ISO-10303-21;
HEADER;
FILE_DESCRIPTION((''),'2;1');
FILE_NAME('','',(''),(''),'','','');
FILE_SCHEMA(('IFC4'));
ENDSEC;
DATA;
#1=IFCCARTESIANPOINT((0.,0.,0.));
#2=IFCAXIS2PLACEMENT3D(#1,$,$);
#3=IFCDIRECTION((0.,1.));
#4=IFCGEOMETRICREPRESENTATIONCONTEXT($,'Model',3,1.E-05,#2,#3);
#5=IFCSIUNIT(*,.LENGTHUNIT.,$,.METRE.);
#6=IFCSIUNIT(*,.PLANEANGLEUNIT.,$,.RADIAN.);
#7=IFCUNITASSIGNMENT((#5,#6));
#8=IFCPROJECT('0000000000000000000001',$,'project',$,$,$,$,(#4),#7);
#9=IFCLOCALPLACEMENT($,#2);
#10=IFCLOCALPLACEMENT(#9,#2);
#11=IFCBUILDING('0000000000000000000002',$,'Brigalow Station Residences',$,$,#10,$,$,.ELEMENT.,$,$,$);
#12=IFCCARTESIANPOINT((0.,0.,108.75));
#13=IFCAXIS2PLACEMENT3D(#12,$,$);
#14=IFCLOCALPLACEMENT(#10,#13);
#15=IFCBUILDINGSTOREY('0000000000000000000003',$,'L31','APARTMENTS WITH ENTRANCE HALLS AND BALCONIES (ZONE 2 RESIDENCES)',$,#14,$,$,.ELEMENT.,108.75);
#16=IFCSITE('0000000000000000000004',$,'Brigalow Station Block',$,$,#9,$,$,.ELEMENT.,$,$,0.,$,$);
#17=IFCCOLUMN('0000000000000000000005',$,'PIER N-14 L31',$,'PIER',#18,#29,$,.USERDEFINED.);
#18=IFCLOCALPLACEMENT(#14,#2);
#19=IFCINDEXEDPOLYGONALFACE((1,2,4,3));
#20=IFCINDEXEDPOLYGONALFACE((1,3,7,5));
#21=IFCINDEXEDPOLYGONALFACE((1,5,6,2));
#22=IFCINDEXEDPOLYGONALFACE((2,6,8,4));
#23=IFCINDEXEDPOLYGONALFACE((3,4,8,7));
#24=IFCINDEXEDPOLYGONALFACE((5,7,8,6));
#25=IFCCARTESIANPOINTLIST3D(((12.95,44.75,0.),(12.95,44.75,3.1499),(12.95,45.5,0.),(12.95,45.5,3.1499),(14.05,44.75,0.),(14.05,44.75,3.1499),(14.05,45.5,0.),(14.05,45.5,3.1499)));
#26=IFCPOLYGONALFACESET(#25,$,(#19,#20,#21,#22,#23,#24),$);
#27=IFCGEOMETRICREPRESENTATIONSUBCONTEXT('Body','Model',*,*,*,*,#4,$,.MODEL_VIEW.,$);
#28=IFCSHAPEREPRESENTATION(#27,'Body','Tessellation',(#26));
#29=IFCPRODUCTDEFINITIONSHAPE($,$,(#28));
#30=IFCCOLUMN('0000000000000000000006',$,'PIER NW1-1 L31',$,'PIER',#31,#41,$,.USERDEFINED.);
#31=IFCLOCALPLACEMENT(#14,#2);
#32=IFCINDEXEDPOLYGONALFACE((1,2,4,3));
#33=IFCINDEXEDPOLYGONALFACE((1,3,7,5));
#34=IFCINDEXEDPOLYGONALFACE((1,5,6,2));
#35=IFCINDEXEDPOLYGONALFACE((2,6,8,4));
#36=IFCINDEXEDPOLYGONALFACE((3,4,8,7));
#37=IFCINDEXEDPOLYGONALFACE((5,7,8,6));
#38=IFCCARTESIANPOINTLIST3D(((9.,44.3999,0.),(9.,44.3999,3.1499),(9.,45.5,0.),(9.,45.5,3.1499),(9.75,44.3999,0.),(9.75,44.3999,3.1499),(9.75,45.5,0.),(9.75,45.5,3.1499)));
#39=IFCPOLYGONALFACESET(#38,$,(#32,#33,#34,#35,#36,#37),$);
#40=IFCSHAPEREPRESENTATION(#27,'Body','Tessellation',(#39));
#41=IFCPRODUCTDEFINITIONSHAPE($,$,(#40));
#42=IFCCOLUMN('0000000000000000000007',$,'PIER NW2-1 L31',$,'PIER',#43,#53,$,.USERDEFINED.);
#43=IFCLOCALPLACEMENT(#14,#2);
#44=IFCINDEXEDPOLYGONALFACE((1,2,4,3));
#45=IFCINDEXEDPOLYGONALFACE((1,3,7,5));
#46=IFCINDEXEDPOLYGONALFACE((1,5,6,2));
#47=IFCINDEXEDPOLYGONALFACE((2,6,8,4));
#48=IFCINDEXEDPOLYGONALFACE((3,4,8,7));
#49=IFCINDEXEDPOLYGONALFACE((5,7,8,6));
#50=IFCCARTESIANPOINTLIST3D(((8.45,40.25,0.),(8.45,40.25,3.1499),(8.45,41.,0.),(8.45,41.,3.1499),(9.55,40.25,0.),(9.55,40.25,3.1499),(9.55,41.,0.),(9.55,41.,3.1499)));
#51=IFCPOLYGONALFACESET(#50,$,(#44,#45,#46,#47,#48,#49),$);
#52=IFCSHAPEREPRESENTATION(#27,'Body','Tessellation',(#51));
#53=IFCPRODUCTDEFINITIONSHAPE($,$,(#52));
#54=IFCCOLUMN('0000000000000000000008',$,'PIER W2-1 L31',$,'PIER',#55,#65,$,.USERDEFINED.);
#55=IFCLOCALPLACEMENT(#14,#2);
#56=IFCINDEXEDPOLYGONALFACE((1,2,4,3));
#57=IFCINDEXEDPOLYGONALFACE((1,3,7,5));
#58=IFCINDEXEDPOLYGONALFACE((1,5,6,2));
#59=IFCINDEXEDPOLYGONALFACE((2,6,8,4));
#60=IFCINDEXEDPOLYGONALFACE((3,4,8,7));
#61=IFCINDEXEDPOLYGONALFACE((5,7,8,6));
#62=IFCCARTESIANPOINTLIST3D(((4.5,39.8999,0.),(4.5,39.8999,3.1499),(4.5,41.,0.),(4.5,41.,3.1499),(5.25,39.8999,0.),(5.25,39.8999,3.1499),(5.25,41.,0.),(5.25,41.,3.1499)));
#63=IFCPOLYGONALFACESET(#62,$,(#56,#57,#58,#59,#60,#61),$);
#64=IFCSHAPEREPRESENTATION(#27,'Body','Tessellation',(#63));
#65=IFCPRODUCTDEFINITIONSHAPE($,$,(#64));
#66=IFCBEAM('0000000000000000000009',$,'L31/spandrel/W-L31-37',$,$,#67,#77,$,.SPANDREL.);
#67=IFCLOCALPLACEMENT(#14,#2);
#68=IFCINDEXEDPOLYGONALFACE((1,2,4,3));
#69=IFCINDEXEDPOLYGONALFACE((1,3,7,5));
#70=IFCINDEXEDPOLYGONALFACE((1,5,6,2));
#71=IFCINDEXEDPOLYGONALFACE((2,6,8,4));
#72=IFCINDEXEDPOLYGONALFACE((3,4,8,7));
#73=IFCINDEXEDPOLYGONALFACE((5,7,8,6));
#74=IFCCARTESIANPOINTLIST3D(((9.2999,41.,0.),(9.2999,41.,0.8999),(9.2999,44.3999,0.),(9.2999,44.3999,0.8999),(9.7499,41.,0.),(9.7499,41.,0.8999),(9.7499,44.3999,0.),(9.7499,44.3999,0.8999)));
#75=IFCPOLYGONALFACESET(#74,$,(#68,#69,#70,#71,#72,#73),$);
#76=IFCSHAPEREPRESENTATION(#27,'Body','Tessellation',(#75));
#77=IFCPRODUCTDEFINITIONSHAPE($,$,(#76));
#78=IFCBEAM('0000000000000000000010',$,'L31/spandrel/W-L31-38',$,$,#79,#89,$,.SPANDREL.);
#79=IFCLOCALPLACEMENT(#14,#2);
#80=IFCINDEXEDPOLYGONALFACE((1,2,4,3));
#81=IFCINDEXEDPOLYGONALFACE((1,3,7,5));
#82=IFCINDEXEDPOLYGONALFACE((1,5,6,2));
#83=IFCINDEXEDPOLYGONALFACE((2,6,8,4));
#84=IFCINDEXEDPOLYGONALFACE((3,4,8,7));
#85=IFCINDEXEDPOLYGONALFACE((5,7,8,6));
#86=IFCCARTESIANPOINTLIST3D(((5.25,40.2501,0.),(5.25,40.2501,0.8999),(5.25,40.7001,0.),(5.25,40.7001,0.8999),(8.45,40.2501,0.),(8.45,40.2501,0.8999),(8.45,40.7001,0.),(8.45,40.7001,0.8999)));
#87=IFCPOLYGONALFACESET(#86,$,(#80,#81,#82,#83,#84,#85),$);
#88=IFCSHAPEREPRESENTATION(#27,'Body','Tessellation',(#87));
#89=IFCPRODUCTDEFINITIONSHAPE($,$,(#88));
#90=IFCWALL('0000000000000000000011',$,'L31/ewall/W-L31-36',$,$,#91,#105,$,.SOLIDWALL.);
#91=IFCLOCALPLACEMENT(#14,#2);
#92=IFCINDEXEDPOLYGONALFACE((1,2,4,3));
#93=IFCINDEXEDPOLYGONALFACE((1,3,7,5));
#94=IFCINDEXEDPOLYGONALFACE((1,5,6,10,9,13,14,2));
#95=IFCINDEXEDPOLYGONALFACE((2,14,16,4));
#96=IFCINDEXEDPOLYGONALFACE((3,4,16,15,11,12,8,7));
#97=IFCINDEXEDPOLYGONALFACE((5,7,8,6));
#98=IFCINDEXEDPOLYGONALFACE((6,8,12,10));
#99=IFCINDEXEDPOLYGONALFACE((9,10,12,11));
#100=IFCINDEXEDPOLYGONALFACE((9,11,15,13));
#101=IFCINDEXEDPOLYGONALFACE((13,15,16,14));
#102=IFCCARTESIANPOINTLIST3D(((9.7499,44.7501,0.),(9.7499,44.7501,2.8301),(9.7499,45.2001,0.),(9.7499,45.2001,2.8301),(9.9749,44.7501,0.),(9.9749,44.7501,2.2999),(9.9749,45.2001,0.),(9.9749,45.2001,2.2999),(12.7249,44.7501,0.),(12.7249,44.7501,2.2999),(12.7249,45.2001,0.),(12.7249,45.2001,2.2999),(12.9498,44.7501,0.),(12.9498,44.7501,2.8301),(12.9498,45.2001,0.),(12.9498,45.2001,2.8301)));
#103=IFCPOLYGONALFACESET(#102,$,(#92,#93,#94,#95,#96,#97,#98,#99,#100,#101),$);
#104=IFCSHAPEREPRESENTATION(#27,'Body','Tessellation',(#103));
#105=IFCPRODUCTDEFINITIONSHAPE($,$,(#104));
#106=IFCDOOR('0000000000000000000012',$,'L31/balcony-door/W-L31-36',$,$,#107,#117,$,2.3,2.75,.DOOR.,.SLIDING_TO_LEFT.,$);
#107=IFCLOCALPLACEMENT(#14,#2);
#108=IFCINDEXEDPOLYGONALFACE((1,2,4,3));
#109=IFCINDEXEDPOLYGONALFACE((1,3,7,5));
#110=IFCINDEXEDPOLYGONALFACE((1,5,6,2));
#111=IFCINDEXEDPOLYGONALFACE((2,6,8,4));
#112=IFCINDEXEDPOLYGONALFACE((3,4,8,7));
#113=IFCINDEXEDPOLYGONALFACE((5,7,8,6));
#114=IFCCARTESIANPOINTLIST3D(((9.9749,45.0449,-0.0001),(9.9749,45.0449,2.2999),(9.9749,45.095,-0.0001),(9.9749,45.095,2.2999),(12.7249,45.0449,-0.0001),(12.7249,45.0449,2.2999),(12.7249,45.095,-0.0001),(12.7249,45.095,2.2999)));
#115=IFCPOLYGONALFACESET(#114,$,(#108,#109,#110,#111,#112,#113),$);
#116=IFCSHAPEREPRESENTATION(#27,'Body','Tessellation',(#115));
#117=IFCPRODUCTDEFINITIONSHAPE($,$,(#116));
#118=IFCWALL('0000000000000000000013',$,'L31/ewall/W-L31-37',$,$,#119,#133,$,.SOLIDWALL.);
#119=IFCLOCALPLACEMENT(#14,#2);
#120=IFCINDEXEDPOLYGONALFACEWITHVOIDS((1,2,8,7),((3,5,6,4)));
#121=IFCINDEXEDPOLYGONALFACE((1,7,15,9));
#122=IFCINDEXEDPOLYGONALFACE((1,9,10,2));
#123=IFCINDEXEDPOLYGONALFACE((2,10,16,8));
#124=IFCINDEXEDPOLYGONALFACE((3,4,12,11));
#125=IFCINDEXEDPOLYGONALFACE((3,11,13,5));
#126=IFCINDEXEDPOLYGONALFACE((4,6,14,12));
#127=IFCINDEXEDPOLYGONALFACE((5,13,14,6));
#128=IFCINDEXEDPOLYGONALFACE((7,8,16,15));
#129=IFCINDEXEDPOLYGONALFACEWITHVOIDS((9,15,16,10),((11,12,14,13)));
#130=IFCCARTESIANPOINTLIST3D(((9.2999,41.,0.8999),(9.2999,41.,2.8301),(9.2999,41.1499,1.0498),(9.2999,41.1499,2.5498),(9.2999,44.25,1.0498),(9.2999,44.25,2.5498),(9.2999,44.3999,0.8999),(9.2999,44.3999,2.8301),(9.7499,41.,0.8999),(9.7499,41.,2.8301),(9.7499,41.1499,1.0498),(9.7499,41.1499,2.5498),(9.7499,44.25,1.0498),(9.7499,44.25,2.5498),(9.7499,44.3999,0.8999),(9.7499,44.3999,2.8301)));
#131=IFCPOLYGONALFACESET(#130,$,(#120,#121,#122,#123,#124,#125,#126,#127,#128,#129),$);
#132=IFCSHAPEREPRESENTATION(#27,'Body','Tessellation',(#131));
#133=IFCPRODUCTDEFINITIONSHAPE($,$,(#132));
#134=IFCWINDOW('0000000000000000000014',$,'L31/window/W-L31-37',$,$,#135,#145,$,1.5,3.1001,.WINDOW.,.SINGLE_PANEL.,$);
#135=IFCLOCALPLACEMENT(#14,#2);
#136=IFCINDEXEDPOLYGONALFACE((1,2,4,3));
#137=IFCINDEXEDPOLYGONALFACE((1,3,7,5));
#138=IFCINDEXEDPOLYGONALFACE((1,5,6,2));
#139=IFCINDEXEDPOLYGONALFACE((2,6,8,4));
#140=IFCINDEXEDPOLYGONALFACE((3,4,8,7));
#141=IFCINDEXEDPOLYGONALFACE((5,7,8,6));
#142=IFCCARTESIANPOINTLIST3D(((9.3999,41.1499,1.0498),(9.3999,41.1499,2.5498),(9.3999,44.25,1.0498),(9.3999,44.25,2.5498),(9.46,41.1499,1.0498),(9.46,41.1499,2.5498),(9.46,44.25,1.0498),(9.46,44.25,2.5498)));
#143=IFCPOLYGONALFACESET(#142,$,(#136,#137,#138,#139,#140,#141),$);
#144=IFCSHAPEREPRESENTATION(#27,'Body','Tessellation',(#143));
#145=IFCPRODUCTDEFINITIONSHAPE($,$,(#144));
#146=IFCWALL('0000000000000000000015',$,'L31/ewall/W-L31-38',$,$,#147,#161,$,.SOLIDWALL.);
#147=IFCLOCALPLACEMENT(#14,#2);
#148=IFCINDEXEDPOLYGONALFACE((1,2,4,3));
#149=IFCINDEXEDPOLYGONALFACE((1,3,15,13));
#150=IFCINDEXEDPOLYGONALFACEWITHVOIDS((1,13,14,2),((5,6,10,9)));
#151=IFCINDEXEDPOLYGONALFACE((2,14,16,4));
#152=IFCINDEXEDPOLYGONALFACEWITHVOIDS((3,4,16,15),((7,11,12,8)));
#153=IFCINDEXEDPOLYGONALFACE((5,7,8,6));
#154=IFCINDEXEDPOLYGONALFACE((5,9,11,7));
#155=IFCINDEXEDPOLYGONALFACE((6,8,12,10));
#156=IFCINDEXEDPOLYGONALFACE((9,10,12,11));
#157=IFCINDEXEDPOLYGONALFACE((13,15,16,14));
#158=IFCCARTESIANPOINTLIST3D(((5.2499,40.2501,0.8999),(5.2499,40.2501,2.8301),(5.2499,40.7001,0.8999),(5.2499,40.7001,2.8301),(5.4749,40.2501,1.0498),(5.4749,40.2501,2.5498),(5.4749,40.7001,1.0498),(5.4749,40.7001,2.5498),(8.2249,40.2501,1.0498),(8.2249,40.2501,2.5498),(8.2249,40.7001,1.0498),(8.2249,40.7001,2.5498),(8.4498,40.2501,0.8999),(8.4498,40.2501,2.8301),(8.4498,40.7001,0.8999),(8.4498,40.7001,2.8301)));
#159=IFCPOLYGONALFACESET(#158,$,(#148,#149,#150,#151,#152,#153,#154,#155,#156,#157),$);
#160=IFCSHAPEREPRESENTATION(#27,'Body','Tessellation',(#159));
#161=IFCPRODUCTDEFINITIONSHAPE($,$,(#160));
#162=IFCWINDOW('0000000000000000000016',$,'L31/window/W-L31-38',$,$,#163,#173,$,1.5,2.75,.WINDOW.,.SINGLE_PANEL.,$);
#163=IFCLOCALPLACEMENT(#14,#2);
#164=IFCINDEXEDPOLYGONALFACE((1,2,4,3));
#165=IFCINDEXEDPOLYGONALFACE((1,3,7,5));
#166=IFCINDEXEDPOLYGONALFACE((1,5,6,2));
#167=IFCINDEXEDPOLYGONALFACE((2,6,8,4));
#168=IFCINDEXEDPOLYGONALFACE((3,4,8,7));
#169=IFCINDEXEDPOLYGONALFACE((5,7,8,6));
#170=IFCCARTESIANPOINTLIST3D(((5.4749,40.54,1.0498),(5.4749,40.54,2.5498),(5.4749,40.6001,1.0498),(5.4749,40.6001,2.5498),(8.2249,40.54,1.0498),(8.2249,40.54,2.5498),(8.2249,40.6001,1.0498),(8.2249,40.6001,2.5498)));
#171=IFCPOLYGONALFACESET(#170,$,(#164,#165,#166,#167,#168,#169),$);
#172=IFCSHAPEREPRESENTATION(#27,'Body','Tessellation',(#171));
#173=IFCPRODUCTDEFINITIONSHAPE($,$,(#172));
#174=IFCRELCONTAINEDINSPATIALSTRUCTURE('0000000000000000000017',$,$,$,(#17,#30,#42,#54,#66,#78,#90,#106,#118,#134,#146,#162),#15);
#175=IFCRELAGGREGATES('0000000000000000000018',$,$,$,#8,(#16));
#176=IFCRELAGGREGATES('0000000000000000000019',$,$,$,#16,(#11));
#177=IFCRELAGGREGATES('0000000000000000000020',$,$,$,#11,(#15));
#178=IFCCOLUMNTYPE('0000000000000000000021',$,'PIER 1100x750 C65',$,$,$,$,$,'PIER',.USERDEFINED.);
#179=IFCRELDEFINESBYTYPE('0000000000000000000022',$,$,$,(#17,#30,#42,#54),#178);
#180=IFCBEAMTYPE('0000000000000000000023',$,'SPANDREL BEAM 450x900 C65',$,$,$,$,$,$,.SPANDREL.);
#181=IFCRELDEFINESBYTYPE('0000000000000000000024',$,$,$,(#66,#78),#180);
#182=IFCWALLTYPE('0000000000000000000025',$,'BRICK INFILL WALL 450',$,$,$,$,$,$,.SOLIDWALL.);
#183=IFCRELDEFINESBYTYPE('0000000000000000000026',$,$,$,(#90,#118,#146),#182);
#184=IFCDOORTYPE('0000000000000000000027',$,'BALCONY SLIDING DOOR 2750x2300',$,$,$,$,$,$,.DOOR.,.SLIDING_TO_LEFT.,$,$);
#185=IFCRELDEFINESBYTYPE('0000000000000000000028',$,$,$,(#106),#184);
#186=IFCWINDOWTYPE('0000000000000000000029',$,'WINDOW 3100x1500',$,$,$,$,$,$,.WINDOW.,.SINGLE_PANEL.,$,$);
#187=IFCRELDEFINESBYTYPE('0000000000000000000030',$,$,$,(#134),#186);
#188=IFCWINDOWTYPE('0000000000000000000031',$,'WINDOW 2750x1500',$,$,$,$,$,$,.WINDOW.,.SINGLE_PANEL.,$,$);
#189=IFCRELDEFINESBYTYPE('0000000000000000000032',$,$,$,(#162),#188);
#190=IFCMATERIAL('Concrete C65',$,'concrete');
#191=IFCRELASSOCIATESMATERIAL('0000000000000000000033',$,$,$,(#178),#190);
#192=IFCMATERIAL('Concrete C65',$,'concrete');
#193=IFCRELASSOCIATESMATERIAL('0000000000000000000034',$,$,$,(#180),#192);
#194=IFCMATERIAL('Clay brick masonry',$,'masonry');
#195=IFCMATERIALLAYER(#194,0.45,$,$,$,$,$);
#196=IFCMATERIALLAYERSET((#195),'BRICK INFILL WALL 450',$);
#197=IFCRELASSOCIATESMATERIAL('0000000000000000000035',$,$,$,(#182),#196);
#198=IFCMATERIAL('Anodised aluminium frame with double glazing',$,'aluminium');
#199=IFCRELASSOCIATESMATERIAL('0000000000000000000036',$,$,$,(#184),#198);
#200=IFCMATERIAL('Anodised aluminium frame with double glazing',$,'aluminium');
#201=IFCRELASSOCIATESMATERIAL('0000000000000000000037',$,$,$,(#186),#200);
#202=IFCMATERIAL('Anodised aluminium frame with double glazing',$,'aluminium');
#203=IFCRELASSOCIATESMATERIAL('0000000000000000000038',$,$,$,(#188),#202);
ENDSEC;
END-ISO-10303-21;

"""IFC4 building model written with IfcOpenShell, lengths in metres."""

from ifc_helpers import new_model, si_unit, direction, frame, frame_2d, origin, origin_2d, place, context, subcontext, project, spatial, rectangle, extrude, material, layer, layer_set, material_profile, profile_set, type_object, element, fill, save


model = new_model("IFC4")

# Units and contexts
model_context = context("Model", 3, precision=1e-05, world=origin(), true_north=direction((0.0, 1.0)))
body_context = subcontext(model_context, "Body", "Model", "MODEL_VIEW")
ifc_project = project(units=[si_unit("LENGTHUNIT", "METRE"), si_unit("PLANEANGLEUNIT", "RADIAN")], contexts=[model_context])

# Site, building, storey
site_placement = place(None, origin())
site = spatial("IfcSite", under=ifc_project, at=site_placement, Name="Brigalow Station Block", CompositionType="ELEMENT", RefElevation=0.0)
building_placement = place(site_placement, origin())
building = spatial("IfcBuilding", under=site, at=building_placement, Name="Brigalow Station Residences", CompositionType="ELEMENT")
storey_placement = place(building_placement, frame((0.0, 0.0, 108.75)))
storey = spatial("IfcBuildingStorey", under=building, at=storey_placement, Name="L31", Description="APARTMENTS WITH ENTRANCE HALLS AND BALCONIES (ZONE 2 RESIDENCES)", CompositionType="ELEMENT", Elevation=108.75)

# Columns
ifc_material_1 = material(Name="Concrete C65", Category="concrete")
ifc_material_profile_1 = material_profile(ifc_material_1, rectangle(XDim=1.1001, YDim=0.75, at=origin_2d()), Name="RC1100x750")
ifc_profile_set_1 = profile_set([ifc_material_profile_1], Name="Concrete C65")
column_type = type_object("IfcColumnType", Name="PIER 1100x750 C65", ElementType="PIER", PredefinedType="USERDEFINED", material=ifc_profile_set_1)
for number, where, z_axis, x_axis, name in (
    (1, (13.5, 45.125, 0.0), (0.0, 0.0, 1.0), (-1.0, 0.0, 0.0), "PIER N-14 L31"),
    (2, (9.375, 44.95, 0.0), (0.0, 0.0, 1.0), (0.0, -1.0, 0.0), "PIER NW1-1 L31"),
    (3, (9.0, 40.625, 0.0), (0.0, 0.0, 1.0), (-1.0, 0.0, 0.0), "PIER NW2-1 L31"),
    (4, (4.875, 40.45, 0.0), (0.0, 0.0, 1.0), (0.0, -1.0, 0.0), "PIER W2-1 L31"),
):
    element("IfcColumn", number, at=place(storey_placement, frame(where, z_axis=z_axis, x_axis=x_axis)), inside=storey, type_object=column_type, Name=name, ObjectType="PIER", PredefinedType="USERDEFINED", context=body_context, shape_type="SweptSolid", body=[
        extrude(rectangle(XDim=1.1001, YDim=0.75, at=origin_2d()), origin(), (0.0, 0.0, 1.0), 3.1499),
    ])

# Beams
ifc_material_2 = material(Name="Concrete C65", Category="concrete")
ifc_material_profile_2 = material_profile(ifc_material_2, rectangle(XDim=0.45, YDim=0.8999, at=origin_2d()), Name="RC450x900")
ifc_profile_set_2 = profile_set([ifc_material_profile_2], Name="Concrete C65")
beam_type = type_object("IfcBeamType", Name="SPANDREL BEAM 450x900 C65", PredefinedType="SPANDREL", material=ifc_profile_set_2)
beam_1_placement = place(storey_placement, frame((9.5249, 44.3999, 0.45), z_axis=(0.0, -1.0, 0.0), x_axis=(1.0, 0.0, 0.0)))
element("IfcBeam", 5, at=beam_1_placement, inside=storey, type_object=beam_type, Name="L31/spandrel/W-L31-37", PredefinedType="SPANDREL", context=body_context, shape_type="SweptSolid", body=[
    extrude(rectangle(XDim=0.45, YDim=0.8999, at=origin_2d()), origin(), (0.0, 0.0, 1.0), 3.3999),
])
beam_2_placement = place(storey_placement, frame((8.45, 40.4751, 0.45), z_axis=(-1.0, 0.0, 0.0), x_axis=(0.0, -1.0, 0.0)))
element("IfcBeam", 6, at=beam_2_placement, inside=storey, type_object=beam_type, Name="L31/spandrel/W-L31-38", PredefinedType="SPANDREL", context=body_context, shape_type="SweptSolid", body=[
    extrude(rectangle(XDim=0.45, YDim=0.8999, at=origin_2d()), origin(), (0.0, 0.0, 1.0), 3.2),
])

# Wall, opening, door
ifc_material_3 = material(Name="Clay brick masonry", Category="masonry")
ifc_layer_1 = layer(ifc_material_3, 0.45)
ifc_layer_set_1 = layer_set([ifc_layer_1], Name="BRICK INFILL WALL 450")
wall_type_1 = type_object("IfcWallType", Name="BRICK INFILL WALL 450", PredefinedType="SOLIDWALL", material=ifc_layer_set_1)
wall_1_placement = place(storey_placement, frame((12.95, 44.9751, 0.0), z_axis=(0.0, 0.0, 1.0), x_axis=(-1.0, 0.0, 0.0)))
wall_1 = element("IfcWall", 7, at=wall_1_placement, inside=storey, type_object=wall_type_1, Name="L31/ewall/W-L31-36", PredefinedType="SOLIDWALL", context=body_context, shape_type="SweptSolid", body=[
    extrude(rectangle(XDim=3.2, YDim=0.45, at=frame_2d((1.6001, 0.0))), origin(), (0.0, 0.0, 1.0), 2.8301),
])
opening_1_placement = place(wall_1_placement, frame((0.2251, 0.0, 0.0)))
opening_1 = element("IfcOpeningElement", 8, at=opening_1_placement, cuts=wall_1, PredefinedType="OPENING", context=body_context, shape_type="SweptSolid", body=[
    extrude(rectangle(XDim=2.75, YDim=2.3, at=frame_2d((1.375, 1.1499))), frame((0.0, 0.2349, 0.0), z_axis=(0.0, -1.0, 0.0), x_axis=(1.0, 0.0, 0.0)), (0.0, 0.0, 1.0), 0.47),
])
ifc_material_4 = material(Name="Anodised aluminium frame with double glazing", Category="aluminium")
door_type = type_object("IfcDoorType", Name="BALCONY SLIDING DOOR 2750x2300", OperationType="SLIDING_TO_LEFT", PredefinedType="DOOR", material=ifc_material_4)
door_placement = place(opening_1_placement, origin())
door = element("IfcDoor", 9, at=door_placement, inside=storey, type_object=door_type, Name="L31/balcony-door/W-L31-36", OperationType="SLIDING_TO_LEFT", OverallHeight=2.3, OverallWidth=2.75, PredefinedType="DOOR", context=body_context, shape_type="SweptSolid", body=[
    extrude(rectangle(XDim=2.75, YDim=2.3, at=frame_2d((1.375, 1.1499))), frame((0.0, -0.0698, 0.0), z_axis=(0.0, -1.0, 0.0), x_axis=(1.0, 0.0, 0.0)), (0.0, 0.0, 1.0), 0.05),
])
fill(opening_1, door)

# Walls, openings, windows
wall_2_placement = place(storey_placement, frame((9.5249, 44.3999, 0.8999), z_axis=(0.0, 0.0, 1.0), x_axis=(0.0, -1.0, 0.0)))
wall_2 = element("IfcWall", 10, at=wall_2_placement, inside=storey, type_object=wall_type_1, Name="L31/ewall/W-L31-37", PredefinedType="SOLIDWALL", context=body_context, shape_type="SweptSolid", body=[
    extrude(rectangle(XDim=3.3999, YDim=0.45, at=frame_2d((1.7, 0.0))), origin(), (0.0, 0.0, 1.0), 1.9302),
])
opening_2_placement = place(wall_2_placement, frame((0.1499, 0.0, 0.1499)))
opening_2 = element("IfcOpeningElement", 11, at=opening_2_placement, cuts=wall_2, PredefinedType="OPENING", context=body_context, shape_type="SweptSolid", body=[
    extrude(rectangle(XDim=3.1001, YDim=1.5, at=frame_2d((1.55, 0.75))), frame((0.0, 0.2349, 0.0), z_axis=(0.0, -1.0, 0.0), x_axis=(1.0, 0.0, 0.0)), (0.0, 0.0, 1.0), 0.47),
])
ifc_material_5 = material(Name="Anodised aluminium frame with double glazing", Category="aluminium")
window_type_1 = type_object("IfcWindowType", Name="WINDOW 3100x1500", PartitioningType="SINGLE_PANEL", PredefinedType="WINDOW", material=ifc_material_5)
window_1_placement = place(opening_2_placement, origin())
window_1 = element("IfcWindow", 12, at=window_1_placement, inside=storey, type_object=window_type_1, Name="L31/window/W-L31-37", OverallHeight=1.5, OverallWidth=3.1001, PartitioningType="SINGLE_PANEL", PredefinedType="WINDOW", context=body_context, shape_type="SweptSolid", body=[
    extrude(rectangle(XDim=3.1001, YDim=1.5, at=frame_2d((1.55, 0.75))), frame((0.0, -0.0649, 0.0), z_axis=(0.0, -1.0, 0.0), x_axis=(1.0, 0.0, 0.0)), (0.0, 0.0, 1.0), 0.0601),
])
fill(opening_2, window_1)
wall_3_placement = place(storey_placement, frame((8.45, 40.4751, 0.8999), z_axis=(0.0, 0.0, 1.0), x_axis=(-1.0, 0.0, 0.0)))
wall_3 = element("IfcWall", 13, at=wall_3_placement, inside=storey, type_object=wall_type_1, Name="L31/ewall/W-L31-38", PredefinedType="SOLIDWALL", context=body_context, shape_type="SweptSolid", body=[
    extrude(rectangle(XDim=3.2, YDim=0.45, at=frame_2d((1.6001, 0.0))), origin(), (0.0, 0.0, 1.0), 1.9302),
])
opening_3_placement = place(wall_3_placement, frame((0.2251, 0.0, 0.1499)))
opening_3 = element("IfcOpeningElement", 14, at=opening_3_placement, cuts=wall_3, PredefinedType="OPENING", context=body_context, shape_type="SweptSolid", body=[
    extrude(rectangle(XDim=2.75, YDim=1.5, at=frame_2d((1.375, 0.75))), frame((0.0, 0.2349, 0.0), z_axis=(0.0, -1.0, 0.0), x_axis=(1.0, 0.0, 0.0)), (0.0, 0.0, 1.0), 0.47),
])
ifc_material_6 = material(Name="Anodised aluminium frame with double glazing", Category="aluminium")
window_type_2 = type_object("IfcWindowType", Name="WINDOW 2750x1500", PartitioningType="SINGLE_PANEL", PredefinedType="WINDOW", material=ifc_material_6)
window_2_placement = place(opening_3_placement, origin())
window_2 = element("IfcWindow", 15, at=window_2_placement, inside=storey, type_object=window_type_2, Name="L31/window/W-L31-38", OverallHeight=1.5, OverallWidth=2.75, PartitioningType="SINGLE_PANEL", PredefinedType="WINDOW", context=body_context, shape_type="SweptSolid", body=[
    extrude(rectangle(XDim=2.75, YDim=1.5, at=frame_2d((1.375, 0.75))), frame((0.0, -0.0649, 0.0), z_axis=(0.0, -1.0, 0.0), x_axis=(1.0, 0.0, 0.0)), (0.0, 0.0, 1.0), 0.0601),
])
fill(opening_3, window_2)

save(model, "model.ifc")
